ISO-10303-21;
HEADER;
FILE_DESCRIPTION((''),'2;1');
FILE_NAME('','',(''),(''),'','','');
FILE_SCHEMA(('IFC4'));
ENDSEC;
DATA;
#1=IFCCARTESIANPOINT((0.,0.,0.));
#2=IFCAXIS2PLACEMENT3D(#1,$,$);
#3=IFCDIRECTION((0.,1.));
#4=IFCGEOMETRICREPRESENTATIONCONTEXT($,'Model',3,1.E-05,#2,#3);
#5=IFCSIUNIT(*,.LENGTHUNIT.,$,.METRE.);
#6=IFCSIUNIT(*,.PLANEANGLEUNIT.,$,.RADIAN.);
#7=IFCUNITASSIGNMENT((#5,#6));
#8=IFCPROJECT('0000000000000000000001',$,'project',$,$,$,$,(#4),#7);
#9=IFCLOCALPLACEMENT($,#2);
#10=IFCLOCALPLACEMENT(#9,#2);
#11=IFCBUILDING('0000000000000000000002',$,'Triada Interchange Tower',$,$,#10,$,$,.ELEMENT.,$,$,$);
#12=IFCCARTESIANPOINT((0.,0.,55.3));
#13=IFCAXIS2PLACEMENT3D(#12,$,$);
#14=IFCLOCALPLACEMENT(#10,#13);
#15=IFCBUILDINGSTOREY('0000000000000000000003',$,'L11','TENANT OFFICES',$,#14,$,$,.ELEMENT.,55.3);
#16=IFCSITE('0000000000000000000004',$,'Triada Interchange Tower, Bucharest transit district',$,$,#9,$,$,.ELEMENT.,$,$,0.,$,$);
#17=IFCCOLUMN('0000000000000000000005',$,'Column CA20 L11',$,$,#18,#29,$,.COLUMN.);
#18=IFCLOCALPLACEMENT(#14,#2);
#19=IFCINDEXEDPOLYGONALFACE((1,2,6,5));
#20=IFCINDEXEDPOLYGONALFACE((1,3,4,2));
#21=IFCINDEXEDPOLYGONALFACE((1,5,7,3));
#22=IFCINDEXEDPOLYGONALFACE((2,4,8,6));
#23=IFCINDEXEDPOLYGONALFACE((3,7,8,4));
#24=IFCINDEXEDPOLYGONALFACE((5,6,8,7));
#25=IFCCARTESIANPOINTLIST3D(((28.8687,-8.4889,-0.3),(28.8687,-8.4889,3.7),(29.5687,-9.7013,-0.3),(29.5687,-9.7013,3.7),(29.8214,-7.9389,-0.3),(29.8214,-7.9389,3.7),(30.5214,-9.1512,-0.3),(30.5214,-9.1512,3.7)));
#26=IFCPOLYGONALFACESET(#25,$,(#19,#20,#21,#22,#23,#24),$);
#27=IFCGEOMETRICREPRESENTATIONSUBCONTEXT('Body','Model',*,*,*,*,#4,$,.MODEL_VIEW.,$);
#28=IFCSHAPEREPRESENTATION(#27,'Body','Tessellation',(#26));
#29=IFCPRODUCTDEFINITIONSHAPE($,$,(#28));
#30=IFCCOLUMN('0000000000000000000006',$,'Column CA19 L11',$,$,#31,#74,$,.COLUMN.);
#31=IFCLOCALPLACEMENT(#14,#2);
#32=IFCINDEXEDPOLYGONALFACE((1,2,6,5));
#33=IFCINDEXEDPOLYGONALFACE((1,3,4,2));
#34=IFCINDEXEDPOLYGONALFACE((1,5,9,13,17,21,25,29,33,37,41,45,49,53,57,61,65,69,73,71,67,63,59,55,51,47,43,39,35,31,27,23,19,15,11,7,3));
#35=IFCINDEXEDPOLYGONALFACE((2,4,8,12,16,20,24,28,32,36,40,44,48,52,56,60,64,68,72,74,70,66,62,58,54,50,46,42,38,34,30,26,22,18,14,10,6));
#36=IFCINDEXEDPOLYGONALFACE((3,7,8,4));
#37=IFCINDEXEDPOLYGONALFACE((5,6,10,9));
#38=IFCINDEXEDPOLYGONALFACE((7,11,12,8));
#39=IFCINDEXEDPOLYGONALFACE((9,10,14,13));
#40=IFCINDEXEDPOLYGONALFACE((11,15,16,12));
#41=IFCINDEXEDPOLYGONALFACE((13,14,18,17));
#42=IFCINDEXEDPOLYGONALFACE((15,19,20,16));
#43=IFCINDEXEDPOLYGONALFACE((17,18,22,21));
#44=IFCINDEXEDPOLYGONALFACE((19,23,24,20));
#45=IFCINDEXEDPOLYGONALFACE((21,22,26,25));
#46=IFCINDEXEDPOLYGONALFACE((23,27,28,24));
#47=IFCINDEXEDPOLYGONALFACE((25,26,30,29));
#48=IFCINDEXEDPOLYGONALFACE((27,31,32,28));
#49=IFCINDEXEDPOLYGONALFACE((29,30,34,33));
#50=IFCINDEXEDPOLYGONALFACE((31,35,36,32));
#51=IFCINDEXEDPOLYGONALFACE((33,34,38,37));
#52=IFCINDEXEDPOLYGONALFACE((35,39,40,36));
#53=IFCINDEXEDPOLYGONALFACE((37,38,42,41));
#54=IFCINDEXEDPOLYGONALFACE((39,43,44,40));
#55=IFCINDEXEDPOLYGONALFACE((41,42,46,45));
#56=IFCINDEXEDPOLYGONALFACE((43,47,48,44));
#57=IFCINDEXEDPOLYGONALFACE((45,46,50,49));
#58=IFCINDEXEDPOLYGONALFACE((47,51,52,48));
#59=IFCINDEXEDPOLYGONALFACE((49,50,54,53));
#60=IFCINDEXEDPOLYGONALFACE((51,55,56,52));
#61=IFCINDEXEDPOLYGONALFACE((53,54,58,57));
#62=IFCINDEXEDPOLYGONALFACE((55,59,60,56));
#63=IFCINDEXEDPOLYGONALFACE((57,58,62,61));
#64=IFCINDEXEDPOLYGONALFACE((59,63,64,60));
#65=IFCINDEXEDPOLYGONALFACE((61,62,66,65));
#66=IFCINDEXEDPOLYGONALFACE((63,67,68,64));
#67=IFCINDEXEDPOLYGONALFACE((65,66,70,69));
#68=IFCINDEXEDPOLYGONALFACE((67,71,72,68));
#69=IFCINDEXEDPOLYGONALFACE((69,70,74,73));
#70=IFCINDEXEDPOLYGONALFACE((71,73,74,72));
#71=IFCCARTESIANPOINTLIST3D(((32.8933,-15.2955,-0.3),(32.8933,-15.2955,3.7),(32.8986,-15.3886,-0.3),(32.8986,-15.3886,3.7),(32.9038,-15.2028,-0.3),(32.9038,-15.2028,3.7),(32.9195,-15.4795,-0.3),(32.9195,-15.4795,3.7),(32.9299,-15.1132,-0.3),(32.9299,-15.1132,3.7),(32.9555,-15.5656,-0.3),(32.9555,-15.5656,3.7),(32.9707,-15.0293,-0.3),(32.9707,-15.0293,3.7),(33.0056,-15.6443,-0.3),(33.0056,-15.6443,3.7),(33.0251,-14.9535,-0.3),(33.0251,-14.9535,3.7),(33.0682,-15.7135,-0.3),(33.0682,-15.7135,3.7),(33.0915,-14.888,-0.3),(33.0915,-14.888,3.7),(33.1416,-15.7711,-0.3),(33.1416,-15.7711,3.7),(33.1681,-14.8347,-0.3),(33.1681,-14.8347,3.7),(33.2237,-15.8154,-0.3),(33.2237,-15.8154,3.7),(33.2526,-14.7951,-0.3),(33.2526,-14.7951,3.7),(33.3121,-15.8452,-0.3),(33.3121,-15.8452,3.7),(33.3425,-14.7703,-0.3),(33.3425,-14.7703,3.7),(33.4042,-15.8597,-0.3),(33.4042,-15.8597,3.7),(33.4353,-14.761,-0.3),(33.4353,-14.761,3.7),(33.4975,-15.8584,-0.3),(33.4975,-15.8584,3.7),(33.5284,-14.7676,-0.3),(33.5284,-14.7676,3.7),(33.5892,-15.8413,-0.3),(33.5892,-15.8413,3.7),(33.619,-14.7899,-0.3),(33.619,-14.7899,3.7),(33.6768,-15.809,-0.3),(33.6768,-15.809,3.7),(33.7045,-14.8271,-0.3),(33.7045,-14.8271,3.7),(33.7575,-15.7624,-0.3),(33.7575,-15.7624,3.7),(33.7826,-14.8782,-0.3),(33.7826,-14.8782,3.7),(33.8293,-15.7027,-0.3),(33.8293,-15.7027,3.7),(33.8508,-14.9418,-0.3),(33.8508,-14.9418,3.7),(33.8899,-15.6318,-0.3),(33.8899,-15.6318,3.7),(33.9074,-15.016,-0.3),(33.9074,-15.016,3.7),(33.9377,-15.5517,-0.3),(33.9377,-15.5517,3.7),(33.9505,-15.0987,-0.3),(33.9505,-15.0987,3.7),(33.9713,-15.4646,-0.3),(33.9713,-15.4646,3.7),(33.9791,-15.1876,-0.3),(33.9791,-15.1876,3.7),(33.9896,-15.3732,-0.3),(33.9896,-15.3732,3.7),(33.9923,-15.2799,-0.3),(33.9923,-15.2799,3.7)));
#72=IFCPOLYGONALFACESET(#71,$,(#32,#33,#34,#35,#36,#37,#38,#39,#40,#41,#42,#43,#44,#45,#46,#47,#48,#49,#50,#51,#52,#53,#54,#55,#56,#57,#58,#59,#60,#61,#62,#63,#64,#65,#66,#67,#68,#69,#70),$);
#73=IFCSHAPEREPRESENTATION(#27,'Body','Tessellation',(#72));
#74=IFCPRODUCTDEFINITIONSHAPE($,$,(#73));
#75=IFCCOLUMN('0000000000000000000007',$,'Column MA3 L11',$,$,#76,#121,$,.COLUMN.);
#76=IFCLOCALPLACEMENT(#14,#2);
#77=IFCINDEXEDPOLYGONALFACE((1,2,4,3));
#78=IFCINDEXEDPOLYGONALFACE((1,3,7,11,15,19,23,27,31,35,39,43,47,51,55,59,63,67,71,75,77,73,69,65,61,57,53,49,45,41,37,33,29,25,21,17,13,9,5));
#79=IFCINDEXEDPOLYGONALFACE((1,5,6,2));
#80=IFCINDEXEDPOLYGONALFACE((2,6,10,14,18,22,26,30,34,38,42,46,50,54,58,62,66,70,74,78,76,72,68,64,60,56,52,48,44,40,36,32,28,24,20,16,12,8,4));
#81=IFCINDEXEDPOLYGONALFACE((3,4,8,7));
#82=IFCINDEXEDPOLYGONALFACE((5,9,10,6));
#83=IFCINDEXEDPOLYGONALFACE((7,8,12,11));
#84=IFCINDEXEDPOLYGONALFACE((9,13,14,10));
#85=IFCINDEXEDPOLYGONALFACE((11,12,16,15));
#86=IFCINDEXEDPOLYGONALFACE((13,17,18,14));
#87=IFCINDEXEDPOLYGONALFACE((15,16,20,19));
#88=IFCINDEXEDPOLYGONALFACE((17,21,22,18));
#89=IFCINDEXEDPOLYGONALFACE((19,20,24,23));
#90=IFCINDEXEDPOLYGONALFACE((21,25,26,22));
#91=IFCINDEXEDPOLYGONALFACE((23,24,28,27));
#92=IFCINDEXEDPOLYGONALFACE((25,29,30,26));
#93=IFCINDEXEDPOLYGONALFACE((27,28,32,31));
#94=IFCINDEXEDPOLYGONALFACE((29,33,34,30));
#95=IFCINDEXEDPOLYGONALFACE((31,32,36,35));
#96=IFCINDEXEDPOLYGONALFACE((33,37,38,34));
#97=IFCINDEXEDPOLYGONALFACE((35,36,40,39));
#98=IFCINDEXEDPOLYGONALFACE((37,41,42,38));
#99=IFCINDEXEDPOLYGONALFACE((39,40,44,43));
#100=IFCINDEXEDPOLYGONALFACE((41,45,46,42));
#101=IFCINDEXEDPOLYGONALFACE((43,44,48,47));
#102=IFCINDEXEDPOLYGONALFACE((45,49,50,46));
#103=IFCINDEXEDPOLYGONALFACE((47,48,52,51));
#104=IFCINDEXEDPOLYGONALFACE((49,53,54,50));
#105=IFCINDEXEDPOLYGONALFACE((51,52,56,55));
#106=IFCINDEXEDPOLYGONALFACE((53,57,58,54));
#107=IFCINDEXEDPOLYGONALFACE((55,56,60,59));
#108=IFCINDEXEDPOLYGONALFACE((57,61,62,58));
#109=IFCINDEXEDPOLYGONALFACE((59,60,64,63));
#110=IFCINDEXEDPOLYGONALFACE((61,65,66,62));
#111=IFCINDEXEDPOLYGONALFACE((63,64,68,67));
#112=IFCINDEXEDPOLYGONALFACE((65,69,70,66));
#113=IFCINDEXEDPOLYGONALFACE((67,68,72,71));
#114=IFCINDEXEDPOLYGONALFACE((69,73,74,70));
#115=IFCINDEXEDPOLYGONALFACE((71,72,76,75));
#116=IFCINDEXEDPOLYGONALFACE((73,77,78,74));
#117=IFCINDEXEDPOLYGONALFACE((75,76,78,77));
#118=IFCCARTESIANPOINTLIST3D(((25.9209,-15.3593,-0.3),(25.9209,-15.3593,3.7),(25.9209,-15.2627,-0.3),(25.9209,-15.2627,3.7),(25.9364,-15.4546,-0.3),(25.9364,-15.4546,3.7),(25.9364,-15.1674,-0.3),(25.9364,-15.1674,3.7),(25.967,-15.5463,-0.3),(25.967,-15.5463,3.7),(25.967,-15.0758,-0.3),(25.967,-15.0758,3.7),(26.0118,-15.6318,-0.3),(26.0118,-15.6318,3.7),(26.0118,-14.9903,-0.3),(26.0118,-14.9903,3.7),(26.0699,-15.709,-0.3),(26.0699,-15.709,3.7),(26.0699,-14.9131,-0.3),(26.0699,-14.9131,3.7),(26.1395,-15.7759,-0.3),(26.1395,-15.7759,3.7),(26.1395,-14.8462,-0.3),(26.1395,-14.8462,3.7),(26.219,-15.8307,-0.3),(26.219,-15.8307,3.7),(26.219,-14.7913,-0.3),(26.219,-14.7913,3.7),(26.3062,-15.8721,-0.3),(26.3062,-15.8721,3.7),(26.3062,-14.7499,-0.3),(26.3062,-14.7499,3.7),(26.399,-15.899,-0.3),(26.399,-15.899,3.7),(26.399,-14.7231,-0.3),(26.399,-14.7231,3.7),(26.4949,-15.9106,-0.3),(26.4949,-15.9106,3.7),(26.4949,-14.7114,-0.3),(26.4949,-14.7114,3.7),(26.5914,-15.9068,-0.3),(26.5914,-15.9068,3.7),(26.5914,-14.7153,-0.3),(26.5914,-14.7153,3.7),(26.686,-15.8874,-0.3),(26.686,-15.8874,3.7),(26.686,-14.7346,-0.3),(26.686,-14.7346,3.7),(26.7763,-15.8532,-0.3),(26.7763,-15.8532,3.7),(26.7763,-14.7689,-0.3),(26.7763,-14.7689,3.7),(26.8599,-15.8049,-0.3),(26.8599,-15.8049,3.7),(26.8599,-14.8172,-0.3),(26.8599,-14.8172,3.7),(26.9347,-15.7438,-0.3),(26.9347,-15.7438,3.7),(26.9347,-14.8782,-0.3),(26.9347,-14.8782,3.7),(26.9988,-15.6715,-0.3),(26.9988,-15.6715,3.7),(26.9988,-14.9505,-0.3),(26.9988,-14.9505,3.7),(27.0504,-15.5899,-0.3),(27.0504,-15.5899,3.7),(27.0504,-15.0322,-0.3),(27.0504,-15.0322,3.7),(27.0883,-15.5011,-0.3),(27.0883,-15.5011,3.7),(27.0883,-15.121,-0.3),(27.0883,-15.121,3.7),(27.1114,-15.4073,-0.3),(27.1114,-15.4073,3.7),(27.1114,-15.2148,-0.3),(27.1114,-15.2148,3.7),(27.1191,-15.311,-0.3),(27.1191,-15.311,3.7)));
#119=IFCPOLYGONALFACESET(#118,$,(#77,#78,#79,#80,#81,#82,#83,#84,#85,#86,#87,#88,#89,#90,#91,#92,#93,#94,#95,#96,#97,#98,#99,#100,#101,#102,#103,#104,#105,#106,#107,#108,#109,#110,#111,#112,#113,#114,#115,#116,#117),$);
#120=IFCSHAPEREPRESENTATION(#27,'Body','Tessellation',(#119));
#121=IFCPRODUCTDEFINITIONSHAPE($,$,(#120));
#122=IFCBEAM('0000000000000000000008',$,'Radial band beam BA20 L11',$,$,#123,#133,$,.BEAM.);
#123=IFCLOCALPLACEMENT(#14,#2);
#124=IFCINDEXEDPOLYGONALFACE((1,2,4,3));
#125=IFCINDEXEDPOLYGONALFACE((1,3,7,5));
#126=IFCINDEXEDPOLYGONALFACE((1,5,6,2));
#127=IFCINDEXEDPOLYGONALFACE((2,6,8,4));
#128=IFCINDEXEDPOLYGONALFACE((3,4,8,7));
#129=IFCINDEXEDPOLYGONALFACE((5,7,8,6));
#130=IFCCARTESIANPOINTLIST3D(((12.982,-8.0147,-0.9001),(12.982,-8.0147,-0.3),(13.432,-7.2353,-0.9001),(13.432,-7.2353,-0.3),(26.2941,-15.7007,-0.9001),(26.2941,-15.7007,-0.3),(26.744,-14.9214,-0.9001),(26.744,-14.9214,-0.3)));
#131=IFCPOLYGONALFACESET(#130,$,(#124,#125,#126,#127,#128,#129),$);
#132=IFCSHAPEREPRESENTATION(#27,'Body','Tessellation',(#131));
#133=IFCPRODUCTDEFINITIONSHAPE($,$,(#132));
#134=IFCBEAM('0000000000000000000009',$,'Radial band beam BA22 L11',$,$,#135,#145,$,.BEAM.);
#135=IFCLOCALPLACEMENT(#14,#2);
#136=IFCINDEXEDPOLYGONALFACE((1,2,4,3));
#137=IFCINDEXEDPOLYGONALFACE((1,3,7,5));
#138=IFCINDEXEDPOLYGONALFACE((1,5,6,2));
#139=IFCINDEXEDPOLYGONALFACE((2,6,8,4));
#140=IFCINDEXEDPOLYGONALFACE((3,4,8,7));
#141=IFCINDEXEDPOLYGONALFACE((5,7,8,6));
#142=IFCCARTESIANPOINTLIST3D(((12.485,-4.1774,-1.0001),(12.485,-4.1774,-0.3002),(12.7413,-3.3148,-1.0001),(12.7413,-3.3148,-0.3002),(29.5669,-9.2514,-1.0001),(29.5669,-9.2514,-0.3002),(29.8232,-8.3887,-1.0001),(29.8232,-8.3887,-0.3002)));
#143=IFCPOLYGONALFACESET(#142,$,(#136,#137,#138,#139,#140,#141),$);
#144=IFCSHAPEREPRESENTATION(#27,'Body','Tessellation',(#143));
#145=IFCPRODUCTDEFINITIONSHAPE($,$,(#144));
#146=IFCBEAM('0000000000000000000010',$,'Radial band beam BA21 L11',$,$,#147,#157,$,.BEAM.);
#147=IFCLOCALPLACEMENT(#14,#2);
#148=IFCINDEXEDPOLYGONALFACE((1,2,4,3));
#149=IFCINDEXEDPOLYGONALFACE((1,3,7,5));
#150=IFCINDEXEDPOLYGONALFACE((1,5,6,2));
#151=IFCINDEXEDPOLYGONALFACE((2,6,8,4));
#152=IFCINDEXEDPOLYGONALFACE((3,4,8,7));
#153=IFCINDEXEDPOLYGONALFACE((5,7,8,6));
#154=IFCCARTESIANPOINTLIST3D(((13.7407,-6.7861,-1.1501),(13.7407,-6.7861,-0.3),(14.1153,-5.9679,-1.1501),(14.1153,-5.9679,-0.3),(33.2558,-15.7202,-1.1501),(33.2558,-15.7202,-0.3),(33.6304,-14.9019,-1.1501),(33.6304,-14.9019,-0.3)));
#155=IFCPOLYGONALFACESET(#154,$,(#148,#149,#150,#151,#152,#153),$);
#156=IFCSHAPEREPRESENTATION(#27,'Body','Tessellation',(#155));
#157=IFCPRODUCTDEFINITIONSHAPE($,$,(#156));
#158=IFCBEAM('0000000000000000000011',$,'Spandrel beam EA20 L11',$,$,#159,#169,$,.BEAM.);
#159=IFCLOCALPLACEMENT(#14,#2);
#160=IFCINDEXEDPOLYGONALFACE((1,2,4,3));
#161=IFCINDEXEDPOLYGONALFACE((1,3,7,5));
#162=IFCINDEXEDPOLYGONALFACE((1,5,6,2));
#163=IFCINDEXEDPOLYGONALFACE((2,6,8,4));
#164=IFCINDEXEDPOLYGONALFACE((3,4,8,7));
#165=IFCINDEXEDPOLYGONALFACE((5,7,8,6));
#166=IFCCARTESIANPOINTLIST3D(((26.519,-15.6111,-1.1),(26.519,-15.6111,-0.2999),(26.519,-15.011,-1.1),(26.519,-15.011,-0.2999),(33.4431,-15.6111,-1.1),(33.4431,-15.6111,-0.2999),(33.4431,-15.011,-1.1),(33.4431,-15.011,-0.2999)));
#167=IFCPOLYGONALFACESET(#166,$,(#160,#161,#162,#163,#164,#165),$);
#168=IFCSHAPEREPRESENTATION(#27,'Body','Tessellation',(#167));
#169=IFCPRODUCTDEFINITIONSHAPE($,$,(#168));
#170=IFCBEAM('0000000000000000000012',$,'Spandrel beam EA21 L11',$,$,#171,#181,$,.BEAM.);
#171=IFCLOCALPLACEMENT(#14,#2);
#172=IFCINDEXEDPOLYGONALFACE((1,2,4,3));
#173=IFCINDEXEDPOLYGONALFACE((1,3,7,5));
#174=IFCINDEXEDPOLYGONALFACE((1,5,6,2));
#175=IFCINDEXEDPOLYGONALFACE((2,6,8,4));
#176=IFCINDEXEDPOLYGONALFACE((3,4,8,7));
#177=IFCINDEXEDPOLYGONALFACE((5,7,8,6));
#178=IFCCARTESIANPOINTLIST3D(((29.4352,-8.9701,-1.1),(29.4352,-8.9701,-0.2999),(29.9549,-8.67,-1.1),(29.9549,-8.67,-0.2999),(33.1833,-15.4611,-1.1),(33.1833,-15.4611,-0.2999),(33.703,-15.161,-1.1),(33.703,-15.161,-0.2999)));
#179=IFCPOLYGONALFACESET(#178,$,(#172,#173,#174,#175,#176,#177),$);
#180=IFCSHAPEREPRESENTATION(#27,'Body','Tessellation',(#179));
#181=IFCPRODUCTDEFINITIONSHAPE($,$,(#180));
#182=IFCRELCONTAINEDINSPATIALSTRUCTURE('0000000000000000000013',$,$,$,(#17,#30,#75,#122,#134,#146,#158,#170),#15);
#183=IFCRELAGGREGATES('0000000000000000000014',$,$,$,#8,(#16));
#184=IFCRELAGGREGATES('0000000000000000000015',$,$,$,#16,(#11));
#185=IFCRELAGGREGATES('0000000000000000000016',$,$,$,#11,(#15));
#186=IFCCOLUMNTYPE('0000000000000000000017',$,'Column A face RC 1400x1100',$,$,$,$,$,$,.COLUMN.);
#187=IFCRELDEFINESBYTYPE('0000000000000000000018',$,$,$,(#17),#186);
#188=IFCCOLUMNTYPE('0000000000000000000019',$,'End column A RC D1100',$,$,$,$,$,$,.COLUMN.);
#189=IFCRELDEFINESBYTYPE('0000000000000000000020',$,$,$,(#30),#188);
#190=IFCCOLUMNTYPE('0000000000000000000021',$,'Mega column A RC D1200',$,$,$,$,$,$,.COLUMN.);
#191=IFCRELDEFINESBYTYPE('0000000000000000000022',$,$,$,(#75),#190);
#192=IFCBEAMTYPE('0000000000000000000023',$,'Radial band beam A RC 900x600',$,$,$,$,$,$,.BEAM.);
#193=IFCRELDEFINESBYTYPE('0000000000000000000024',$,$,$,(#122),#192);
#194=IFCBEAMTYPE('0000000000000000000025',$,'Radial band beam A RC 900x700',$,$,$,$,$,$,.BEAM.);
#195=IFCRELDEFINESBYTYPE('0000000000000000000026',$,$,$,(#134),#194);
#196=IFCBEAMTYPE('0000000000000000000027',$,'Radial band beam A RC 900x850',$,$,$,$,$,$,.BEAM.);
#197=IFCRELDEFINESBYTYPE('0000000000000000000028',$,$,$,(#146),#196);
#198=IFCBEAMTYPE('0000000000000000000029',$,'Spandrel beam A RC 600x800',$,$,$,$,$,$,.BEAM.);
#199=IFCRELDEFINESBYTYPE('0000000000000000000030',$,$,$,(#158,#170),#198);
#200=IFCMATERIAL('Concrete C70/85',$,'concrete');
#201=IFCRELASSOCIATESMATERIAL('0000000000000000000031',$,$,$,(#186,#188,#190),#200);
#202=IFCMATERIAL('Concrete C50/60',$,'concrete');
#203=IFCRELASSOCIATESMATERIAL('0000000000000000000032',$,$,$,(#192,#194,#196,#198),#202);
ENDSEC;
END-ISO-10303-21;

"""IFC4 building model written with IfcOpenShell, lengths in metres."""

from ifc_helpers import new_model, si_unit, direction, frame, origin, origin_2d, place, context, subcontext, project, spatial, rectangle, circle, extrude, material, material_profile, profile_set, type_object, element, save


model = new_model("IFC4")

# Units and contexts
model_context = context("Model", 3, precision=1e-05, world=origin(), true_north=direction((0.0, 1.0)))
body_context = subcontext(model_context, "Body", "Model", "MODEL_VIEW")
ifc_project = project(units=[si_unit("LENGTHUNIT", "METRE"), si_unit("PLANEANGLEUNIT", "RADIAN")], contexts=[model_context])

# Site, building, storey
site_placement = place(None, origin())
site = spatial("IfcSite", under=ifc_project, at=site_placement, Name="Triada Interchange Tower, Bucharest transit district", CompositionType="ELEMENT", RefElevation=0.0)
building_placement = place(site_placement, origin())
building = spatial("IfcBuilding", under=site, at=building_placement, Name="Triada Interchange Tower", CompositionType="ELEMENT")
storey_placement = place(building_placement, frame((0.0, 0.0, 55.3)))
storey = spatial("IfcBuildingStorey", under=building, at=storey_placement, Name="L11", Description="TENANT OFFICES", CompositionType="ELEMENT", Elevation=55.3)

# Columns
ifc_material_1 = material(Name="Concrete C70/85", Category="concrete")
ifc_material_profile_1 = material_profile(ifc_material_1, rectangle(XDim=1.3999, YDim=1.1001, at=origin_2d()), Name="RC 1400x1100")
ifc_profile_set_1 = profile_set([ifc_material_profile_1], Name="Concrete C70/85")
column_type_1 = type_object("IfcColumnType", Name="Column A face RC 1400x1100", PredefinedType="COLUMN", material=ifc_profile_set_1)
column_1_placement = place(storey_placement, frame((29.6951, -8.8201, -0.3), z_axis=(0.0, 0.0, 1.0), x_axis=(-0.5, 0.866025, 0.0)))
element("IfcColumn", 1, at=column_1_placement, inside=storey, type_object=column_type_1, Name="Column CA20 L11", PredefinedType="COLUMN", context=body_context, shape_type="SweptSolid", body=[
    extrude(rectangle(XDim=1.3999, YDim=1.1001, at=origin_2d()), origin(), (0.0, 0.0, 1.0), 4.0),
])
ifc_material_profile_2 = material_profile(ifc_material_1, circle(Radius=0.55, at=origin_2d()), Name="RC D1100")
ifc_profile_set_2 = profile_set([ifc_material_profile_2], Name="Concrete C70/85")
column_type_2 = type_object("IfcColumnType", Name="End column A RC D1100", PredefinedType="COLUMN", material=ifc_profile_set_2)
column_2_placement = place(storey_placement, frame((33.4431, -15.311, -0.3), z_axis=(0.0, 0.0, 1.0), x_axis=(-0.5, 0.866025, 0.0)))
element("IfcColumn", 2, at=column_2_placement, inside=storey, type_object=column_type_2, Name="Column CA19 L11", PredefinedType="COLUMN", context=body_context, shape_type="SweptSolid", body=[
    extrude(circle(Radius=0.55, at=origin_2d()), origin(), (0.0, 0.0, 1.0), 4.0),
])
ifc_material_profile_3 = material_profile(ifc_material_1, circle(Radius=0.6001, at=origin_2d()), Name="RC D1200")
ifc_profile_set_3 = profile_set([ifc_material_profile_3], Name="Concrete C70/85")
column_type_3 = type_object("IfcColumnType", Name="Mega column A RC D1200", PredefinedType="COLUMN", material=ifc_profile_set_3)
column_3_placement = place(storey_placement, frame((26.519, -15.311, -0.3), z_axis=(0.0, 0.0, 1.0), x_axis=(1.0, 0.0, 0.0)))
element("IfcColumn", 3, at=column_3_placement, inside=storey, type_object=column_type_3, Name="Column MA3 L11", PredefinedType="COLUMN", context=body_context, shape_type="SweptSolid", body=[
    extrude(circle(Radius=0.6001, at=origin_2d()), origin(), (0.0, 0.0, 1.0), 4.0),
])

# Beams
ifc_material_2 = material(Name="Concrete C50/60", Category="concrete")
ifc_material_profile_4 = material_profile(ifc_material_2, rectangle(XDim=0.8999, YDim=0.6001, at=origin_2d()), Name="RC 900x600")
ifc_profile_set_4 = profile_set([ifc_material_profile_4], Name="Concrete C50/60")
beam_type_1 = type_object("IfcBeamType", Name="Radial band beam A RC 900x600", PredefinedType="BEAM", material=ifc_profile_set_4)
beam_1_placement = place(storey_placement, frame((26.519, -15.311, -0.6001), z_axis=(-0.866016, 0.500017, 0.0), x_axis=(-0.500017, -0.866016, 0.0)))
element("IfcBeam", 4, at=beam_1_placement, inside=storey, type_object=beam_type_1, Name="Radial band beam BA20 L11", PredefinedType="BEAM", context=body_context, shape_type="SweptSolid", body=[
    extrude(rectangle(XDim=0.8999, YDim=0.6001, at=origin_2d()), origin(), (0.0, 0.0, 1.0), 15.3716),
])
ifc_material_profile_5 = material_profile(ifc_material_2, rectangle(XDim=0.8999, YDim=0.7, at=origin_2d()), Name="RC 900x700")
ifc_profile_set_5 = profile_set([ifc_material_profile_5], Name="Concrete C50/60")
beam_type_2 = type_object("IfcBeamType", Name="Radial band beam A RC 900x700", PredefinedType="BEAM", material=ifc_profile_set_5)
beam_2_placement = place(storey_placement, frame((29.6951, -8.8201, -0.6501), z_axis=(-0.958605, 0.28474, 0.0), x_axis=(-0.28474, -0.958605, 0.0)))
element("IfcBeam", 5, at=beam_2_placement, inside=storey, type_object=beam_type_2, Name="Radial band beam BA22 L11", PredefinedType="BEAM", context=body_context, shape_type="SweptSolid", body=[
    extrude(rectangle(XDim=0.8999, YDim=0.7, at=origin_2d()), origin(), (0.0, 0.0, 1.0), 17.8196),
])
ifc_material_profile_6 = material_profile(ifc_material_2, rectangle(XDim=0.8999, YDim=0.8501, at=origin_2d()), Name="RC 900x850")
ifc_profile_set_6 = profile_set([ifc_material_profile_6], Name="Concrete C50/60")
beam_type_3 = type_object("IfcBeamType", Name="Radial band beam A RC 900x850", PredefinedType="BEAM", material=ifc_profile_set_6)
beam_3_placement = place(storey_placement, frame((33.4431, -15.311, -0.7251), z_axis=(-0.909247, 0.416256, 0.0), x_axis=(-0.416256, -0.909247, 0.0)))
element("IfcBeam", 6, at=beam_3_placement, inside=storey, type_object=beam_type_3, Name="Radial band beam BA21 L11", PredefinedType="BEAM", context=body_context, shape_type="SweptSolid", body=[
    extrude(rectangle(XDim=0.8999, YDim=0.8501, at=origin_2d()), origin(), (0.0, 0.0, 1.0), 21.4629),
])
ifc_material_profile_7 = material_profile(ifc_material_2, rectangle(XDim=0.6001, YDim=0.8, at=origin_2d()), Name="RC 600x800")
ifc_profile_set_7 = profile_set([ifc_material_profile_7], Name="Concrete C50/60")
beam_type_4 = type_object("IfcBeamType", Name="Spandrel beam A RC 600x800", PredefinedType="BEAM", material=ifc_profile_set_7)
beam_4_placement = place(storey_placement, frame((26.519, -15.311, -0.7), z_axis=(1.0, 0.0, 0.0), x_axis=(0.0, 1.0, 0.0)))
element("IfcBeam", 7, at=beam_4_placement, inside=storey, type_object=beam_type_4, Name="Spandrel beam EA20 L11", PredefinedType="BEAM", context=body_context, shape_type="SweptSolid", body=[
    extrude(rectangle(XDim=0.6001, YDim=0.8, at=origin_2d()), origin(), (0.0, 0.0, 1.0), 6.9241),
])
beam_5_placement = place(storey_placement, frame((33.4431, -15.311, -0.7), z_axis=(-0.500049, 0.865997, 0.0), x_axis=(-0.865997, -0.500049, 0.0)))
element("IfcBeam", 8, at=beam_5_placement, inside=storey, type_object=beam_type_4, Name="Spandrel beam EA21 L11", PredefinedType="BEAM", context=body_context, shape_type="SweptSolid", body=[
    extrude(rectangle(XDim=0.6001, YDim=0.8, at=origin_2d()), origin(), (0.0, 0.0, 1.0), 7.4954),
])

save(model, "model.ifc")
